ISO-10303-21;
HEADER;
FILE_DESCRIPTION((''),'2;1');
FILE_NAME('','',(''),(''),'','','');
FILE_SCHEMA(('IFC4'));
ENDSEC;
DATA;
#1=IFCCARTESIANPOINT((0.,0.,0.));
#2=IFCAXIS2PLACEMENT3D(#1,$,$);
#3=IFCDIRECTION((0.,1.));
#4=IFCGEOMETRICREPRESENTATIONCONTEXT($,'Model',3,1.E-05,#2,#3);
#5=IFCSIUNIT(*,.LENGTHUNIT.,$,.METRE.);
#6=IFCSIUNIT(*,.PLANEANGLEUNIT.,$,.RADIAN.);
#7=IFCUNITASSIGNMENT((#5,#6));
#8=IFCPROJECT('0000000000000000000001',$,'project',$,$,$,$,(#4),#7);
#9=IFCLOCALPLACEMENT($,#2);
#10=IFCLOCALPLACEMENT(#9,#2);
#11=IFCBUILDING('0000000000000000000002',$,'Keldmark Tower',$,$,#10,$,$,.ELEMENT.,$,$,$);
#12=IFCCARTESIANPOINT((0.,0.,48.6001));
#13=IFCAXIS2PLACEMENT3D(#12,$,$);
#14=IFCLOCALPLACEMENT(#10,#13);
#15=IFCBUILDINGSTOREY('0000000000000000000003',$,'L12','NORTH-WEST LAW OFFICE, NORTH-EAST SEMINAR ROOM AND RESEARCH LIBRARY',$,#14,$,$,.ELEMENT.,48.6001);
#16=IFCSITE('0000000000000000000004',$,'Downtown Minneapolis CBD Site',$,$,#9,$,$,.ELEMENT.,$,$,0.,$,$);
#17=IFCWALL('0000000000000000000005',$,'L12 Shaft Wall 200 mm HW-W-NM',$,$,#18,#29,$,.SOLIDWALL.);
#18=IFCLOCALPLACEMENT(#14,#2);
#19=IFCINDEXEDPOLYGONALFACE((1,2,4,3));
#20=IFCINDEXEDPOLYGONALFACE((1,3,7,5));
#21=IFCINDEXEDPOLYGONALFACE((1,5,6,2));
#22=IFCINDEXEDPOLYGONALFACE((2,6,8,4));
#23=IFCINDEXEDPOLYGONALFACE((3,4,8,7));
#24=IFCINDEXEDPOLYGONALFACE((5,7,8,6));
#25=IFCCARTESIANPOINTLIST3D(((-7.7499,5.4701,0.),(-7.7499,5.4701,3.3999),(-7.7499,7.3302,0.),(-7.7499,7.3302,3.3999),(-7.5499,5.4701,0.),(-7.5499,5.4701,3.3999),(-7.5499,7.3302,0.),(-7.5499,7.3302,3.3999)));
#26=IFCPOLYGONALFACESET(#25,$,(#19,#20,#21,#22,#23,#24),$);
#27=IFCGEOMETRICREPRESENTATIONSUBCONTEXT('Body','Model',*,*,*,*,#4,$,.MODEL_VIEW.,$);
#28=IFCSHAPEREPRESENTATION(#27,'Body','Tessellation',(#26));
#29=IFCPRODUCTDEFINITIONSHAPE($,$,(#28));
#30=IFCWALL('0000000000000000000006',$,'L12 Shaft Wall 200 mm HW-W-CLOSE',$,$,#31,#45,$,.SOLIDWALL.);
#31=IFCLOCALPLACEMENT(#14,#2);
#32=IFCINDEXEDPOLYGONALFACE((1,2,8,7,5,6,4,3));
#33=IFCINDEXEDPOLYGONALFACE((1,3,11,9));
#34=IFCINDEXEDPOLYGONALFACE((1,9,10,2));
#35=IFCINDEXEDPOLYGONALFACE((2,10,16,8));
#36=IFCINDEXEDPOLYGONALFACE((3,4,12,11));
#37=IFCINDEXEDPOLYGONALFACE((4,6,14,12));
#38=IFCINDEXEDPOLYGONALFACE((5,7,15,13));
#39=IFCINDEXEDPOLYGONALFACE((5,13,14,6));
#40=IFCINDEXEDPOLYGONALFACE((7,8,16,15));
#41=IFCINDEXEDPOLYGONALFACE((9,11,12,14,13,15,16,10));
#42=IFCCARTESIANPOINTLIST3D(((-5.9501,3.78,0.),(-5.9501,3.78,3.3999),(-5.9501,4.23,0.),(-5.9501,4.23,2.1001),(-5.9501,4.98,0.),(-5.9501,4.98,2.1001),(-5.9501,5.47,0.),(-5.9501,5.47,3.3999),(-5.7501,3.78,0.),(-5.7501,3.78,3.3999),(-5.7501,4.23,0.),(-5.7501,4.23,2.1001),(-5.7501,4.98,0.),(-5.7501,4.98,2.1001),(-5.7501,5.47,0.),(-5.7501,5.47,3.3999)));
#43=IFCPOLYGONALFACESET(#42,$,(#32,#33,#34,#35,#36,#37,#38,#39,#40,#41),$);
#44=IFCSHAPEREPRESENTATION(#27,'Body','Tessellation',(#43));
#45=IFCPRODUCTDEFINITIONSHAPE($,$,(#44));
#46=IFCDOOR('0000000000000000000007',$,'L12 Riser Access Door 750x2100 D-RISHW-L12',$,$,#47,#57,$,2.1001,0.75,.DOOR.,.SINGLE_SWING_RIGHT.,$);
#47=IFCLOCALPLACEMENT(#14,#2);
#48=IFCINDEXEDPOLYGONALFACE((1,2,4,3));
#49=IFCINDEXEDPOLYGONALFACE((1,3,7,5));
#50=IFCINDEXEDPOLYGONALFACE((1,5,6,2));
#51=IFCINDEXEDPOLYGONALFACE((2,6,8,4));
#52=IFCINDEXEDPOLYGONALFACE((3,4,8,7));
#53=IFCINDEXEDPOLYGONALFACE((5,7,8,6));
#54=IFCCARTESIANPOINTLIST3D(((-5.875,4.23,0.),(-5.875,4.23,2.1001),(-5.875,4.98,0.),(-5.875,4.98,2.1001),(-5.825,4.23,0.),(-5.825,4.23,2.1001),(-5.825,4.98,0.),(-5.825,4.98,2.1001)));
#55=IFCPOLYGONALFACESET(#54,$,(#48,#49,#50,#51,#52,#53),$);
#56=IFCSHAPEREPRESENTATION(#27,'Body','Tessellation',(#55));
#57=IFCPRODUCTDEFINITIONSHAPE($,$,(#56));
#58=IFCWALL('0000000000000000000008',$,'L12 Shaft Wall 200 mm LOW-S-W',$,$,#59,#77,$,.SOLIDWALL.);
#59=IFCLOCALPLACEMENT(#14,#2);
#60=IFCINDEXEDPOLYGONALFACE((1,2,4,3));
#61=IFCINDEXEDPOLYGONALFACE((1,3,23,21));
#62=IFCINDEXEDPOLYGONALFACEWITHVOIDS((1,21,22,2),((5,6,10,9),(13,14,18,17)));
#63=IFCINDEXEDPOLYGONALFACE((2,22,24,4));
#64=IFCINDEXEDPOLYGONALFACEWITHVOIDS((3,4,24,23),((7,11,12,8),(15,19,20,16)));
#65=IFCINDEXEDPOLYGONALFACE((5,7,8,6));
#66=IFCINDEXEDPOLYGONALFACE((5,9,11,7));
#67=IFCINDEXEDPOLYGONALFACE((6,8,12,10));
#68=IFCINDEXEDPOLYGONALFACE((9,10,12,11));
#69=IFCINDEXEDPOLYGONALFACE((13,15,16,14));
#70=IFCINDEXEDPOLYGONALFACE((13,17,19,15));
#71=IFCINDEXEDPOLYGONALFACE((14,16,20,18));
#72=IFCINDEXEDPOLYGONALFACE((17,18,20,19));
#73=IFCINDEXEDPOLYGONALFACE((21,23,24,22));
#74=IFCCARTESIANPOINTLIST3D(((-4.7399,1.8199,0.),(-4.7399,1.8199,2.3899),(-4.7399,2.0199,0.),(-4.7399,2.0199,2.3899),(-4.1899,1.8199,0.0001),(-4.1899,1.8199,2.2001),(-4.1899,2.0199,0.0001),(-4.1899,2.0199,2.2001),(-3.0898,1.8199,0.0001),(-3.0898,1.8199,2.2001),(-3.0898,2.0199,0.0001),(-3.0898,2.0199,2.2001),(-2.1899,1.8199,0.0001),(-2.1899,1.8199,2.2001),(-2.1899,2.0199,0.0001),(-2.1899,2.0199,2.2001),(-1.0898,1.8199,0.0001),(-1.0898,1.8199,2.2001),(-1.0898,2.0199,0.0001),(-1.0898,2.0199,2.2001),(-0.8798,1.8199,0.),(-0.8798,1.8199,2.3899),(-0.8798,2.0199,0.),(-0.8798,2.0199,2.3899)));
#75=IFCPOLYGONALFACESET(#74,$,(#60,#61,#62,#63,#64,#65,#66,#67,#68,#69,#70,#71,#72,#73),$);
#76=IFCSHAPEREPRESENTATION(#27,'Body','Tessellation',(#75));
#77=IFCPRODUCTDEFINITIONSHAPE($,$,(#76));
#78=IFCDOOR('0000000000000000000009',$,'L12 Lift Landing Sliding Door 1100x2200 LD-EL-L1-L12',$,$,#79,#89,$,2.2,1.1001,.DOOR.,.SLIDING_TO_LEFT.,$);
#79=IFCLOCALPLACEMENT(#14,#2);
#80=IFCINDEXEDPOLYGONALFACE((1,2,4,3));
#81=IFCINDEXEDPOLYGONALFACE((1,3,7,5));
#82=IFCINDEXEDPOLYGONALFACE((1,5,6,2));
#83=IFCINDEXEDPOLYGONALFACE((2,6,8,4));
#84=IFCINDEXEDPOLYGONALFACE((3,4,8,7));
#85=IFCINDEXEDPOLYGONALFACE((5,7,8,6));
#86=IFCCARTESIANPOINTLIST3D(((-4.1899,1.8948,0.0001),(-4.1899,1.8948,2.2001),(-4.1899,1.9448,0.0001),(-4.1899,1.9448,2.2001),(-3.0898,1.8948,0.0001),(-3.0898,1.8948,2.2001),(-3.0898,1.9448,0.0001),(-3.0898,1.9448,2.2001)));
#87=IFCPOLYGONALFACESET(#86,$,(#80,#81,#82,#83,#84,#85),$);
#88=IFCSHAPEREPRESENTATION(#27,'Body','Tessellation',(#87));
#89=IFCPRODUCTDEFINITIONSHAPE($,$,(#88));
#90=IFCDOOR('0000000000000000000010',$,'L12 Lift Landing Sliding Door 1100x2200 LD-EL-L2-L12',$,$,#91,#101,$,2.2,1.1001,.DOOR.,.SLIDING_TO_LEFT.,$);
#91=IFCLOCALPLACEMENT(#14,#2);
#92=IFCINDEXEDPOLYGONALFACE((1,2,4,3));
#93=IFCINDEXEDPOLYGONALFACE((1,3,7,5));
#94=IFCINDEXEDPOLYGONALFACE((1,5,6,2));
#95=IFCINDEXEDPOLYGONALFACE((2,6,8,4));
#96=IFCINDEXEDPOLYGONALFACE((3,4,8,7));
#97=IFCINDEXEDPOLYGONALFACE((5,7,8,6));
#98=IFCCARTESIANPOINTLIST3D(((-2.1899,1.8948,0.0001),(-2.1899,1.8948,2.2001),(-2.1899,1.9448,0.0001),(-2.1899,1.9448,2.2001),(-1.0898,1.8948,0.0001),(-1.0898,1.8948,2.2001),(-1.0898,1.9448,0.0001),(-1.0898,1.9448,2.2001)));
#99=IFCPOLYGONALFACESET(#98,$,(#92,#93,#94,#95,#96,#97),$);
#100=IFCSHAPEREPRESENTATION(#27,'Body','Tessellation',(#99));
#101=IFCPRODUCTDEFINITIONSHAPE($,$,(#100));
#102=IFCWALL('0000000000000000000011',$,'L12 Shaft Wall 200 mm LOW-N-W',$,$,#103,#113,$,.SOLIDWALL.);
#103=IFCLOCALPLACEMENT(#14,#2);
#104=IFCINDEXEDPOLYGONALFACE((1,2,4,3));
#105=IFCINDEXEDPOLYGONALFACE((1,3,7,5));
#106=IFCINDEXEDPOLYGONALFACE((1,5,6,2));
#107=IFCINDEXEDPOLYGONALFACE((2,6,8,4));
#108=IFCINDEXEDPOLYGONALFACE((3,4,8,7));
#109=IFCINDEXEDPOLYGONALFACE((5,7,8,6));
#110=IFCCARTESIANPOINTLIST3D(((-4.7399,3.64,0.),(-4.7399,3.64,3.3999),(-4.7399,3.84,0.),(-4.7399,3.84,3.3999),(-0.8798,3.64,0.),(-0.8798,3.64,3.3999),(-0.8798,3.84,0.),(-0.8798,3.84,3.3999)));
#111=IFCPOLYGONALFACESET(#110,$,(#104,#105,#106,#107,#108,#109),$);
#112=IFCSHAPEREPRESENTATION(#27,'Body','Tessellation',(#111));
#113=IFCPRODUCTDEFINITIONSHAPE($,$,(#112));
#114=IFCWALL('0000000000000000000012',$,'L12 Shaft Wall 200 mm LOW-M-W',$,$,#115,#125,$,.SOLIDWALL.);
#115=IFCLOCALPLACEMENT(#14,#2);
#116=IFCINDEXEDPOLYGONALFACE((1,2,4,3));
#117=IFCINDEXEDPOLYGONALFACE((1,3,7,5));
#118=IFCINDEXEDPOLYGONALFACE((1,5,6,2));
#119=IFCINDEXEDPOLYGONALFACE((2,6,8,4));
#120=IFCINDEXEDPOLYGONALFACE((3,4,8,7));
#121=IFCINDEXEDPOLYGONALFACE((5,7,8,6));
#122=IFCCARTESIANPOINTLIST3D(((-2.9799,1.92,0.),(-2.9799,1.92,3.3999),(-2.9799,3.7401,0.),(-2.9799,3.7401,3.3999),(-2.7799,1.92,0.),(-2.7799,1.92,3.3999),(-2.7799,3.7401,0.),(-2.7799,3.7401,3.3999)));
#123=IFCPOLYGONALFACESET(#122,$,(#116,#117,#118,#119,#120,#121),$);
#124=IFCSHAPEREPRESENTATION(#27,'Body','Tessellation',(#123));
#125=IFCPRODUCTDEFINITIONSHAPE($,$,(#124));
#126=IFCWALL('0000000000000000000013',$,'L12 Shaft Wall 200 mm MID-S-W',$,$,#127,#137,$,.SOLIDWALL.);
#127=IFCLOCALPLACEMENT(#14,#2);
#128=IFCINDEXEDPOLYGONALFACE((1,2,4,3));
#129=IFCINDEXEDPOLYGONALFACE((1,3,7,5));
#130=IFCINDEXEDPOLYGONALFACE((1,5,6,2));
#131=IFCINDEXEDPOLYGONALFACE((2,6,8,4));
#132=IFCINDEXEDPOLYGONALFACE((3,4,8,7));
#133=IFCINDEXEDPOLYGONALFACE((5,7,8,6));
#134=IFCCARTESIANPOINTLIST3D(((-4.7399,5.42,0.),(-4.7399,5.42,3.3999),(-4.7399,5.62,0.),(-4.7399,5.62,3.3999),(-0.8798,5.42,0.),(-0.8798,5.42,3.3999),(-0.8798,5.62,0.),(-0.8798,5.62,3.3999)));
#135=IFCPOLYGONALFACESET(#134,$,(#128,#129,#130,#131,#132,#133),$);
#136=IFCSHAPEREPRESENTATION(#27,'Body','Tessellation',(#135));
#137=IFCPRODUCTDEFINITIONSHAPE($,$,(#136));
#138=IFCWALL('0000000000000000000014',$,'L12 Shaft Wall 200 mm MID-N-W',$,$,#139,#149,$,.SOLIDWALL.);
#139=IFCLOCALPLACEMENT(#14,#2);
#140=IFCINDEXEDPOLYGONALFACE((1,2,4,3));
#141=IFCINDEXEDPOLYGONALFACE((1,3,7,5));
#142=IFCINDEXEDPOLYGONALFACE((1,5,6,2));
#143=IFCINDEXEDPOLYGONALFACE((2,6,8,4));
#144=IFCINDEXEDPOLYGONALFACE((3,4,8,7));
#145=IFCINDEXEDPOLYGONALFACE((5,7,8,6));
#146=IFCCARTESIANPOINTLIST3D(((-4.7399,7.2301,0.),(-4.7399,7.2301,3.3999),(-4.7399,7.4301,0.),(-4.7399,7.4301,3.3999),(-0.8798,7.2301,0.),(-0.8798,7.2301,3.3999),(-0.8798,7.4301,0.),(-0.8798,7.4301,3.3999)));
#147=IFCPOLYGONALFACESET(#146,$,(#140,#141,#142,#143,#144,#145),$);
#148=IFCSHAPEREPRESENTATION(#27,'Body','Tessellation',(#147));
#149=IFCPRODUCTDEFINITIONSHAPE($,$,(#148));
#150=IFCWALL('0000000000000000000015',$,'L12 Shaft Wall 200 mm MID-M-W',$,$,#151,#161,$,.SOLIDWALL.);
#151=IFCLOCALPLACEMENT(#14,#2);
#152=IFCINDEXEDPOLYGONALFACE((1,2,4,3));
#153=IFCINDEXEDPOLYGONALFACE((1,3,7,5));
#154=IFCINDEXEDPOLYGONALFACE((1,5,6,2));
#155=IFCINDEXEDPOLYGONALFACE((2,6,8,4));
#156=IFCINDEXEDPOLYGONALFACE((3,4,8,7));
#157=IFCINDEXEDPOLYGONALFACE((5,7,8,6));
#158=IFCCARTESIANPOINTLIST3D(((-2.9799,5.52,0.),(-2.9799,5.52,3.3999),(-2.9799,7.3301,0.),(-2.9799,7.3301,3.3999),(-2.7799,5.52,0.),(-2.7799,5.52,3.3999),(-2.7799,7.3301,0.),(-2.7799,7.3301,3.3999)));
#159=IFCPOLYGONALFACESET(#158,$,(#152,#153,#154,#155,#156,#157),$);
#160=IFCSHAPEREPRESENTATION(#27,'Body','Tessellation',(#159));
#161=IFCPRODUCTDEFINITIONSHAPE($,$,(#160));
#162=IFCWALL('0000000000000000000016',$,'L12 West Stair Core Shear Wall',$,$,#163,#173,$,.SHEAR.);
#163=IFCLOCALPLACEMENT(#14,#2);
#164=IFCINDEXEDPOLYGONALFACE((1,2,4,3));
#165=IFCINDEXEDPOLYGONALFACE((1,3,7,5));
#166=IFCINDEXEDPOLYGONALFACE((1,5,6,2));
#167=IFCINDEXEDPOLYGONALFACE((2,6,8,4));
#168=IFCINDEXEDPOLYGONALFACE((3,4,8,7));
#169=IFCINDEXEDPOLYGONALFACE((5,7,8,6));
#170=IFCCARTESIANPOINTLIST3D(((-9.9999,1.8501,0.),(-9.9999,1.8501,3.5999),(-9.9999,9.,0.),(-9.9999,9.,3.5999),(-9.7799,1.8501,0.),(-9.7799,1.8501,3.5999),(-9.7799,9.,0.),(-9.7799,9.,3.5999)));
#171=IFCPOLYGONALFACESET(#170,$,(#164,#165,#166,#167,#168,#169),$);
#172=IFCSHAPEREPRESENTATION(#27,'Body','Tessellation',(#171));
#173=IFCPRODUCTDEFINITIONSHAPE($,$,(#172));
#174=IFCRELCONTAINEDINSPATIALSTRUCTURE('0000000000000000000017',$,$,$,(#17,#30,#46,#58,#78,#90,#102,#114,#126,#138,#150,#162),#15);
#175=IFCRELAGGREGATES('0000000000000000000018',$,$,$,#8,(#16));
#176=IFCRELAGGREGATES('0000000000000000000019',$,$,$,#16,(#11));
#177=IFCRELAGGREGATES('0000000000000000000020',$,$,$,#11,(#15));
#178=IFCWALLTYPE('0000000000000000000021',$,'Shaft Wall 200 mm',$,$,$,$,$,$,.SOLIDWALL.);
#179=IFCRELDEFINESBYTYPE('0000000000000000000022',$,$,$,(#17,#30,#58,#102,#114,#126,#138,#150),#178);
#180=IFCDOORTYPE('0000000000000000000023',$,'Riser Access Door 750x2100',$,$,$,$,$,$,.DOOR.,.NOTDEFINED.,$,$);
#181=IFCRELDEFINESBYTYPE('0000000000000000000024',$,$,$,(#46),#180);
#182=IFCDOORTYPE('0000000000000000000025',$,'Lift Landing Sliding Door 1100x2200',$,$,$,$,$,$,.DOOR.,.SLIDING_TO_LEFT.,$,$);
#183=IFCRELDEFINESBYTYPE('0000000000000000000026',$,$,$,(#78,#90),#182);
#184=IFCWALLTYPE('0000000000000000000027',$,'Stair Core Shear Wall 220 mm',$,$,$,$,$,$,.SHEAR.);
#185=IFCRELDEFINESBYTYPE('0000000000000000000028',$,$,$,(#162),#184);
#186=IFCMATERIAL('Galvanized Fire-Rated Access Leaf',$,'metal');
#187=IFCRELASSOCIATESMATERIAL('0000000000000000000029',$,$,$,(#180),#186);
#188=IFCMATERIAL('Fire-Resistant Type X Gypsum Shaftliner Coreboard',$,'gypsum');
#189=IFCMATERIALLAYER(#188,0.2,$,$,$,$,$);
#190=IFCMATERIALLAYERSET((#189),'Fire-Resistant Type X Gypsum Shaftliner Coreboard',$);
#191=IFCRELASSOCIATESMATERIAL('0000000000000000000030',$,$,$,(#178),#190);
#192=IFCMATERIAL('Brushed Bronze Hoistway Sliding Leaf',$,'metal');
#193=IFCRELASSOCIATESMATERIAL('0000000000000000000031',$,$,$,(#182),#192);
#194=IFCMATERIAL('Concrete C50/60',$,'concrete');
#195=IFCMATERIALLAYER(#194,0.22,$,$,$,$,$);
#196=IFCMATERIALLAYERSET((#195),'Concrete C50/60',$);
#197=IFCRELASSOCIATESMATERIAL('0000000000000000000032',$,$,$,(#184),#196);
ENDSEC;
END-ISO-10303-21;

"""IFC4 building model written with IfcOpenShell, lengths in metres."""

from ifc_helpers import new_model, si_unit, direction, frame, frame_2d, origin, place, context, subcontext, project, spatial, rectangle, extrude, material, layer, layer_set, type_object, element, fill, save


model = new_model("IFC4")

# Units and contexts
model_context = context("Model", 3, precision=1e-05, world=origin(), true_north=direction((0.0, 1.0)))
body_context = subcontext(model_context, "Body", "Model", "MODEL_VIEW")
ifc_project = project(units=[si_unit("LENGTHUNIT", "METRE"), si_unit("PLANEANGLEUNIT", "RADIAN")], contexts=[model_context])

# Site, building, storey
site_placement = place(None, origin())
site = spatial("IfcSite", under=ifc_project, at=site_placement, Name="Downtown Minneapolis CBD Site", CompositionType="ELEMENT", RefElevation=0.0)
building_placement = place(site_placement, origin())
building = spatial("IfcBuilding", under=site, at=building_placement, Name="Keldmark Tower", CompositionType="ELEMENT")
storey_placement = place(building_placement, frame((0.0, 0.0, 48.6001)))
storey = spatial("IfcBuildingStorey", under=building, at=storey_placement, Name="L12", Description="NORTH-WEST LAW OFFICE, NORTH-EAST SEMINAR ROOM AND RESEARCH LIBRARY", CompositionType="ELEMENT", Elevation=48.6001)

# Shared definitions
ifc_material_1 = material(Name="Galvanized Fire-Rated Access Leaf", Category="metal")
door_type_1 = type_object("IfcDoorType", Name="Riser Access Door 750x2100", OperationType="NOTDEFINED", PredefinedType="DOOR", material=ifc_material_1)

# Wall
ifc_material_2 = material(Name="Fire-Resistant Type X Gypsum Shaftliner Coreboard", Category="gypsum")
ifc_layer_1 = layer(ifc_material_2, 0.2)
ifc_layer_set_1 = layer_set([ifc_layer_1], Name="Fire-Resistant Type X Gypsum Shaftliner Coreboard")
wall_type_1 = type_object("IfcWallType", Name="Shaft Wall 200 mm", PredefinedType="SOLIDWALL", material=ifc_layer_set_1)
wall_1_placement = place(storey_placement, frame((-7.6499, 5.47, 0.0), z_axis=(0.0, 0.0, 1.0), x_axis=(0.0, 1.0, 0.0)))
element("IfcWall", 1, at=wall_1_placement, inside=storey, type_object=wall_type_1, Name="L12 Shaft Wall 200 mm HW-W-NM", PredefinedType="SOLIDWALL", context=body_context, shape_type="SweptSolid", body=[
    extrude(rectangle(XDim=1.8601, YDim=0.2, at=frame_2d((0.9302, 0.0))), origin(), (0.0, 0.0, 1.0), 3.3999),
])

# Wall, opening, door
wall_2_placement = place(storey_placement, frame((-5.8501, 3.78, 0.0), z_axis=(0.0, 0.0, 1.0), x_axis=(0.0, 1.0, 0.0)))
wall_2 = element("IfcWall", 2, at=wall_2_placement, inside=storey, type_object=wall_type_1, Name="L12 Shaft Wall 200 mm HW-W-CLOSE", PredefinedType="SOLIDWALL", context=body_context, shape_type="SweptSolid", body=[
    extrude(rectangle(XDim=1.6899, YDim=0.2, at=frame_2d((0.845, 0.0))), origin(), (0.0, 0.0, 1.0), 3.3999),
])
opening_1_placement = place(wall_2_placement, frame((0.45, 0.0, 0.0)))
opening_1 = element("IfcOpeningElement", 3, at=opening_1_placement, cuts=wall_2, PredefinedType="OPENING", context=body_context, shape_type="SweptSolid", body=[
    extrude(rectangle(XDim=0.75, YDim=2.1001, at=frame_2d((0.375, 1.05))), frame((0.0, 0.1099, 0.0), z_axis=(0.0, -1.0, 0.0), x_axis=(1.0, 0.0, 0.0)), (0.0, 0.0, 1.0), 0.22),
])
door_1_placement = place(opening_1_placement, origin())
door_1 = element("IfcDoor", 4, at=door_1_placement, inside=storey, type_object=door_type_1, Name="L12 Riser Access Door 750x2100 D-RISHW-L12", OperationType="SINGLE_SWING_RIGHT", OverallHeight=2.1001, OverallWidth=0.75, PredefinedType="DOOR", context=body_context, shape_type="SweptSolid", body=[
    extrude(rectangle(XDim=0.75, YDim=2.1001, at=frame_2d((0.375, 1.05))), frame((0.0, 0.0249, 0.0), z_axis=(0.0, -1.0, 0.0), x_axis=(1.0, 0.0, 0.0)), (0.0, 0.0, 1.0), 0.05),
])
fill(opening_1, door_1)

# Wall, openings, doors
wall_3_placement = place(storey_placement, frame((-4.74, 1.9199, 0.0), z_axis=(0.0, 0.0, 1.0), x_axis=(1.0, 0.0, 0.0)))
wall_3 = element("IfcWall", 5, at=wall_3_placement, inside=storey, type_object=wall_type_1, Name="L12 Shaft Wall 200 mm LOW-S-W", PredefinedType="SOLIDWALL", context=body_context, shape_type="SweptSolid", body=[
    extrude(rectangle(XDim=3.8601, YDim=0.2, at=frame_2d((1.9302, 0.0))), origin(), (0.0, 0.0, 1.0), 2.3899),
])
opening_2_placement = place(wall_3_placement, frame((0.55, 0.0, 0.0)))
opening_2 = element("IfcOpeningElement", 6, at=opening_2_placement, cuts=wall_3, PredefinedType="OPENING", context=body_context, shape_type="SweptSolid", body=[
    extrude(rectangle(XDim=1.1001, YDim=2.2, at=frame_2d((0.55, 1.1001))), frame((0.0, 0.1099, 0.0), z_axis=(0.0, -1.0, 0.0), x_axis=(1.0, 0.0, 0.0)), (0.0, 0.0, 1.0), 0.22),
])
opening_3_placement = place(wall_3_placement, frame((2.55, 0.0, 0.0)))
opening_3 = element("IfcOpeningElement", 7, at=opening_3_placement, cuts=wall_3, PredefinedType="OPENING", context=body_context, shape_type="SweptSolid", body=[
    extrude(rectangle(XDim=1.1001, YDim=2.2, at=frame_2d((0.55, 1.1001))), frame((0.0, 0.1099, 0.0), z_axis=(0.0, -1.0, 0.0), x_axis=(1.0, 0.0, 0.0)), (0.0, 0.0, 1.0), 0.22),
])
ifc_material_3 = material(Name="Brushed Bronze Hoistway Sliding Leaf", Category="metal")
door_type_2 = type_object("IfcDoorType", Name="Lift Landing Sliding Door 1100x2200", OperationType="SLIDING_TO_LEFT", PredefinedType="DOOR", material=ifc_material_3)
door_2_placement = place(opening_2_placement, origin())
door_2 = element("IfcDoor", 8, at=door_2_placement, inside=storey, type_object=door_type_2, Name="L12 Lift Landing Sliding Door 1100x2200 LD-EL-L1-L12", OperationType="SLIDING_TO_LEFT", OverallHeight=2.2, OverallWidth=1.1001, PredefinedType="DOOR", context=body_context, shape_type="SweptSolid", body=[
    extrude(rectangle(XDim=1.1001, YDim=2.2, at=frame_2d((0.55, 1.1001))), frame((0.0, 0.0249, 0.0), z_axis=(0.0, -1.0, 0.0), x_axis=(1.0, 0.0, 0.0)), (0.0, 0.0, 1.0), 0.05),
])
fill(opening_2, door_2)
door_3_placement = place(opening_3_placement, origin())
door_3 = element("IfcDoor", 9, at=door_3_placement, inside=storey, type_object=door_type_2, Name="L12 Lift Landing Sliding Door 1100x2200 LD-EL-L2-L12", OperationType="SLIDING_TO_LEFT", OverallHeight=2.2, OverallWidth=1.1001, PredefinedType="DOOR", context=body_context, shape_type="SweptSolid", body=[
    extrude(rectangle(XDim=1.1001, YDim=2.2, at=frame_2d((0.55, 1.1001))), frame((0.0, 0.0249, 0.0), z_axis=(0.0, -1.0, 0.0), x_axis=(1.0, 0.0, 0.0)), (0.0, 0.0, 1.0), 0.05),
])
fill(opening_3, door_3)

# Walls
wall_4_placement = place(storey_placement, frame((-4.74, 3.74, 0.0), z_axis=(0.0, 0.0, 1.0), x_axis=(1.0, 0.0, 0.0)))
element("IfcWall", 10, at=wall_4_placement, inside=storey, type_object=wall_type_1, Name="L12 Shaft Wall 200 mm LOW-N-W", PredefinedType="SOLIDWALL", context=body_context, shape_type="SweptSolid", body=[
    extrude(rectangle(XDim=3.8601, YDim=0.2, at=frame_2d((1.9302, 0.0))), origin(), (0.0, 0.0, 1.0), 3.3999),
])
wall_5_placement = place(storey_placement, frame((-2.8799, 1.9199, 0.0), z_axis=(0.0, 0.0, 1.0), x_axis=(0.0, 1.0, 0.0)))
element("IfcWall", 11, at=wall_5_placement, inside=storey, type_object=wall_type_1, Name="L12 Shaft Wall 200 mm LOW-M-W", PredefinedType="SOLIDWALL", context=body_context, shape_type="SweptSolid", body=[
    extrude(rectangle(XDim=1.8201, YDim=0.2, at=frame_2d((0.9102, 0.0))), origin(), (0.0, 0.0, 1.0), 3.3999),
])
for number, where, z_axis, x_axis, name in (
    (12, (-4.74, 5.52, 0.0), (0.0, 0.0, 1.0), (1.0, 0.0, 0.0), "L12 Shaft Wall 200 mm MID-S-W"),
    (13, (-4.74, 7.3301, 0.0), (0.0, 0.0, 1.0), (1.0, 0.0, 0.0), "L12 Shaft Wall 200 mm MID-N-W"),
):
    element("IfcWall", number, at=place(storey_placement, frame(where, z_axis=z_axis, x_axis=x_axis)), inside=storey, type_object=wall_type_1, Name=name, PredefinedType="SOLIDWALL", context=body_context, shape_type="SweptSolid", body=[
        extrude(rectangle(XDim=3.8601, YDim=0.2, at=frame_2d((1.9302, 0.0))), origin(), (0.0, 0.0, 1.0), 3.3999),
    ])
wall_6_placement = place(storey_placement, frame((-2.8799, 5.52, 0.0), z_axis=(0.0, 0.0, 1.0), x_axis=(0.0, 1.0, 0.0)))
element("IfcWall", 14, at=wall_6_placement, inside=storey, type_object=wall_type_1, Name="L12 Shaft Wall 200 mm MID-M-W", PredefinedType="SOLIDWALL", context=body_context, shape_type="SweptSolid", body=[
    extrude(rectangle(XDim=1.8101, YDim=0.2, at=frame_2d((0.905, 0.0))), origin(), (0.0, 0.0, 1.0), 3.3999),
])
ifc_material_4 = material(Name="Concrete C50/60", Category="concrete")
ifc_layer_2 = layer(ifc_material_4, 0.22)
ifc_layer_set_2 = layer_set([ifc_layer_2], Name="Concrete C50/60")
wall_type_2 = type_object("IfcWallType", Name="Stair Core Shear Wall 220 mm", PredefinedType="SHEAR", material=ifc_layer_set_2)
wall_7_placement = place(storey_placement, frame((-9.8899, 1.8501, 0.0), z_axis=(0.0, 0.0, 1.0), x_axis=(0.0, 1.0, 0.0)))
element("IfcWall", 15, at=wall_7_placement, inside=storey, type_object=wall_type_2, Name="L12 West Stair Core Shear Wall", PredefinedType="SHEAR", context=body_context, shape_type="SweptSolid", body=[
    extrude(rectangle(XDim=7.1499, YDim=0.22, at=frame_2d((3.575, 0.0))), origin(), (0.0, 0.0, 1.0), 3.5999),
])

save(model, "model.ifc")
